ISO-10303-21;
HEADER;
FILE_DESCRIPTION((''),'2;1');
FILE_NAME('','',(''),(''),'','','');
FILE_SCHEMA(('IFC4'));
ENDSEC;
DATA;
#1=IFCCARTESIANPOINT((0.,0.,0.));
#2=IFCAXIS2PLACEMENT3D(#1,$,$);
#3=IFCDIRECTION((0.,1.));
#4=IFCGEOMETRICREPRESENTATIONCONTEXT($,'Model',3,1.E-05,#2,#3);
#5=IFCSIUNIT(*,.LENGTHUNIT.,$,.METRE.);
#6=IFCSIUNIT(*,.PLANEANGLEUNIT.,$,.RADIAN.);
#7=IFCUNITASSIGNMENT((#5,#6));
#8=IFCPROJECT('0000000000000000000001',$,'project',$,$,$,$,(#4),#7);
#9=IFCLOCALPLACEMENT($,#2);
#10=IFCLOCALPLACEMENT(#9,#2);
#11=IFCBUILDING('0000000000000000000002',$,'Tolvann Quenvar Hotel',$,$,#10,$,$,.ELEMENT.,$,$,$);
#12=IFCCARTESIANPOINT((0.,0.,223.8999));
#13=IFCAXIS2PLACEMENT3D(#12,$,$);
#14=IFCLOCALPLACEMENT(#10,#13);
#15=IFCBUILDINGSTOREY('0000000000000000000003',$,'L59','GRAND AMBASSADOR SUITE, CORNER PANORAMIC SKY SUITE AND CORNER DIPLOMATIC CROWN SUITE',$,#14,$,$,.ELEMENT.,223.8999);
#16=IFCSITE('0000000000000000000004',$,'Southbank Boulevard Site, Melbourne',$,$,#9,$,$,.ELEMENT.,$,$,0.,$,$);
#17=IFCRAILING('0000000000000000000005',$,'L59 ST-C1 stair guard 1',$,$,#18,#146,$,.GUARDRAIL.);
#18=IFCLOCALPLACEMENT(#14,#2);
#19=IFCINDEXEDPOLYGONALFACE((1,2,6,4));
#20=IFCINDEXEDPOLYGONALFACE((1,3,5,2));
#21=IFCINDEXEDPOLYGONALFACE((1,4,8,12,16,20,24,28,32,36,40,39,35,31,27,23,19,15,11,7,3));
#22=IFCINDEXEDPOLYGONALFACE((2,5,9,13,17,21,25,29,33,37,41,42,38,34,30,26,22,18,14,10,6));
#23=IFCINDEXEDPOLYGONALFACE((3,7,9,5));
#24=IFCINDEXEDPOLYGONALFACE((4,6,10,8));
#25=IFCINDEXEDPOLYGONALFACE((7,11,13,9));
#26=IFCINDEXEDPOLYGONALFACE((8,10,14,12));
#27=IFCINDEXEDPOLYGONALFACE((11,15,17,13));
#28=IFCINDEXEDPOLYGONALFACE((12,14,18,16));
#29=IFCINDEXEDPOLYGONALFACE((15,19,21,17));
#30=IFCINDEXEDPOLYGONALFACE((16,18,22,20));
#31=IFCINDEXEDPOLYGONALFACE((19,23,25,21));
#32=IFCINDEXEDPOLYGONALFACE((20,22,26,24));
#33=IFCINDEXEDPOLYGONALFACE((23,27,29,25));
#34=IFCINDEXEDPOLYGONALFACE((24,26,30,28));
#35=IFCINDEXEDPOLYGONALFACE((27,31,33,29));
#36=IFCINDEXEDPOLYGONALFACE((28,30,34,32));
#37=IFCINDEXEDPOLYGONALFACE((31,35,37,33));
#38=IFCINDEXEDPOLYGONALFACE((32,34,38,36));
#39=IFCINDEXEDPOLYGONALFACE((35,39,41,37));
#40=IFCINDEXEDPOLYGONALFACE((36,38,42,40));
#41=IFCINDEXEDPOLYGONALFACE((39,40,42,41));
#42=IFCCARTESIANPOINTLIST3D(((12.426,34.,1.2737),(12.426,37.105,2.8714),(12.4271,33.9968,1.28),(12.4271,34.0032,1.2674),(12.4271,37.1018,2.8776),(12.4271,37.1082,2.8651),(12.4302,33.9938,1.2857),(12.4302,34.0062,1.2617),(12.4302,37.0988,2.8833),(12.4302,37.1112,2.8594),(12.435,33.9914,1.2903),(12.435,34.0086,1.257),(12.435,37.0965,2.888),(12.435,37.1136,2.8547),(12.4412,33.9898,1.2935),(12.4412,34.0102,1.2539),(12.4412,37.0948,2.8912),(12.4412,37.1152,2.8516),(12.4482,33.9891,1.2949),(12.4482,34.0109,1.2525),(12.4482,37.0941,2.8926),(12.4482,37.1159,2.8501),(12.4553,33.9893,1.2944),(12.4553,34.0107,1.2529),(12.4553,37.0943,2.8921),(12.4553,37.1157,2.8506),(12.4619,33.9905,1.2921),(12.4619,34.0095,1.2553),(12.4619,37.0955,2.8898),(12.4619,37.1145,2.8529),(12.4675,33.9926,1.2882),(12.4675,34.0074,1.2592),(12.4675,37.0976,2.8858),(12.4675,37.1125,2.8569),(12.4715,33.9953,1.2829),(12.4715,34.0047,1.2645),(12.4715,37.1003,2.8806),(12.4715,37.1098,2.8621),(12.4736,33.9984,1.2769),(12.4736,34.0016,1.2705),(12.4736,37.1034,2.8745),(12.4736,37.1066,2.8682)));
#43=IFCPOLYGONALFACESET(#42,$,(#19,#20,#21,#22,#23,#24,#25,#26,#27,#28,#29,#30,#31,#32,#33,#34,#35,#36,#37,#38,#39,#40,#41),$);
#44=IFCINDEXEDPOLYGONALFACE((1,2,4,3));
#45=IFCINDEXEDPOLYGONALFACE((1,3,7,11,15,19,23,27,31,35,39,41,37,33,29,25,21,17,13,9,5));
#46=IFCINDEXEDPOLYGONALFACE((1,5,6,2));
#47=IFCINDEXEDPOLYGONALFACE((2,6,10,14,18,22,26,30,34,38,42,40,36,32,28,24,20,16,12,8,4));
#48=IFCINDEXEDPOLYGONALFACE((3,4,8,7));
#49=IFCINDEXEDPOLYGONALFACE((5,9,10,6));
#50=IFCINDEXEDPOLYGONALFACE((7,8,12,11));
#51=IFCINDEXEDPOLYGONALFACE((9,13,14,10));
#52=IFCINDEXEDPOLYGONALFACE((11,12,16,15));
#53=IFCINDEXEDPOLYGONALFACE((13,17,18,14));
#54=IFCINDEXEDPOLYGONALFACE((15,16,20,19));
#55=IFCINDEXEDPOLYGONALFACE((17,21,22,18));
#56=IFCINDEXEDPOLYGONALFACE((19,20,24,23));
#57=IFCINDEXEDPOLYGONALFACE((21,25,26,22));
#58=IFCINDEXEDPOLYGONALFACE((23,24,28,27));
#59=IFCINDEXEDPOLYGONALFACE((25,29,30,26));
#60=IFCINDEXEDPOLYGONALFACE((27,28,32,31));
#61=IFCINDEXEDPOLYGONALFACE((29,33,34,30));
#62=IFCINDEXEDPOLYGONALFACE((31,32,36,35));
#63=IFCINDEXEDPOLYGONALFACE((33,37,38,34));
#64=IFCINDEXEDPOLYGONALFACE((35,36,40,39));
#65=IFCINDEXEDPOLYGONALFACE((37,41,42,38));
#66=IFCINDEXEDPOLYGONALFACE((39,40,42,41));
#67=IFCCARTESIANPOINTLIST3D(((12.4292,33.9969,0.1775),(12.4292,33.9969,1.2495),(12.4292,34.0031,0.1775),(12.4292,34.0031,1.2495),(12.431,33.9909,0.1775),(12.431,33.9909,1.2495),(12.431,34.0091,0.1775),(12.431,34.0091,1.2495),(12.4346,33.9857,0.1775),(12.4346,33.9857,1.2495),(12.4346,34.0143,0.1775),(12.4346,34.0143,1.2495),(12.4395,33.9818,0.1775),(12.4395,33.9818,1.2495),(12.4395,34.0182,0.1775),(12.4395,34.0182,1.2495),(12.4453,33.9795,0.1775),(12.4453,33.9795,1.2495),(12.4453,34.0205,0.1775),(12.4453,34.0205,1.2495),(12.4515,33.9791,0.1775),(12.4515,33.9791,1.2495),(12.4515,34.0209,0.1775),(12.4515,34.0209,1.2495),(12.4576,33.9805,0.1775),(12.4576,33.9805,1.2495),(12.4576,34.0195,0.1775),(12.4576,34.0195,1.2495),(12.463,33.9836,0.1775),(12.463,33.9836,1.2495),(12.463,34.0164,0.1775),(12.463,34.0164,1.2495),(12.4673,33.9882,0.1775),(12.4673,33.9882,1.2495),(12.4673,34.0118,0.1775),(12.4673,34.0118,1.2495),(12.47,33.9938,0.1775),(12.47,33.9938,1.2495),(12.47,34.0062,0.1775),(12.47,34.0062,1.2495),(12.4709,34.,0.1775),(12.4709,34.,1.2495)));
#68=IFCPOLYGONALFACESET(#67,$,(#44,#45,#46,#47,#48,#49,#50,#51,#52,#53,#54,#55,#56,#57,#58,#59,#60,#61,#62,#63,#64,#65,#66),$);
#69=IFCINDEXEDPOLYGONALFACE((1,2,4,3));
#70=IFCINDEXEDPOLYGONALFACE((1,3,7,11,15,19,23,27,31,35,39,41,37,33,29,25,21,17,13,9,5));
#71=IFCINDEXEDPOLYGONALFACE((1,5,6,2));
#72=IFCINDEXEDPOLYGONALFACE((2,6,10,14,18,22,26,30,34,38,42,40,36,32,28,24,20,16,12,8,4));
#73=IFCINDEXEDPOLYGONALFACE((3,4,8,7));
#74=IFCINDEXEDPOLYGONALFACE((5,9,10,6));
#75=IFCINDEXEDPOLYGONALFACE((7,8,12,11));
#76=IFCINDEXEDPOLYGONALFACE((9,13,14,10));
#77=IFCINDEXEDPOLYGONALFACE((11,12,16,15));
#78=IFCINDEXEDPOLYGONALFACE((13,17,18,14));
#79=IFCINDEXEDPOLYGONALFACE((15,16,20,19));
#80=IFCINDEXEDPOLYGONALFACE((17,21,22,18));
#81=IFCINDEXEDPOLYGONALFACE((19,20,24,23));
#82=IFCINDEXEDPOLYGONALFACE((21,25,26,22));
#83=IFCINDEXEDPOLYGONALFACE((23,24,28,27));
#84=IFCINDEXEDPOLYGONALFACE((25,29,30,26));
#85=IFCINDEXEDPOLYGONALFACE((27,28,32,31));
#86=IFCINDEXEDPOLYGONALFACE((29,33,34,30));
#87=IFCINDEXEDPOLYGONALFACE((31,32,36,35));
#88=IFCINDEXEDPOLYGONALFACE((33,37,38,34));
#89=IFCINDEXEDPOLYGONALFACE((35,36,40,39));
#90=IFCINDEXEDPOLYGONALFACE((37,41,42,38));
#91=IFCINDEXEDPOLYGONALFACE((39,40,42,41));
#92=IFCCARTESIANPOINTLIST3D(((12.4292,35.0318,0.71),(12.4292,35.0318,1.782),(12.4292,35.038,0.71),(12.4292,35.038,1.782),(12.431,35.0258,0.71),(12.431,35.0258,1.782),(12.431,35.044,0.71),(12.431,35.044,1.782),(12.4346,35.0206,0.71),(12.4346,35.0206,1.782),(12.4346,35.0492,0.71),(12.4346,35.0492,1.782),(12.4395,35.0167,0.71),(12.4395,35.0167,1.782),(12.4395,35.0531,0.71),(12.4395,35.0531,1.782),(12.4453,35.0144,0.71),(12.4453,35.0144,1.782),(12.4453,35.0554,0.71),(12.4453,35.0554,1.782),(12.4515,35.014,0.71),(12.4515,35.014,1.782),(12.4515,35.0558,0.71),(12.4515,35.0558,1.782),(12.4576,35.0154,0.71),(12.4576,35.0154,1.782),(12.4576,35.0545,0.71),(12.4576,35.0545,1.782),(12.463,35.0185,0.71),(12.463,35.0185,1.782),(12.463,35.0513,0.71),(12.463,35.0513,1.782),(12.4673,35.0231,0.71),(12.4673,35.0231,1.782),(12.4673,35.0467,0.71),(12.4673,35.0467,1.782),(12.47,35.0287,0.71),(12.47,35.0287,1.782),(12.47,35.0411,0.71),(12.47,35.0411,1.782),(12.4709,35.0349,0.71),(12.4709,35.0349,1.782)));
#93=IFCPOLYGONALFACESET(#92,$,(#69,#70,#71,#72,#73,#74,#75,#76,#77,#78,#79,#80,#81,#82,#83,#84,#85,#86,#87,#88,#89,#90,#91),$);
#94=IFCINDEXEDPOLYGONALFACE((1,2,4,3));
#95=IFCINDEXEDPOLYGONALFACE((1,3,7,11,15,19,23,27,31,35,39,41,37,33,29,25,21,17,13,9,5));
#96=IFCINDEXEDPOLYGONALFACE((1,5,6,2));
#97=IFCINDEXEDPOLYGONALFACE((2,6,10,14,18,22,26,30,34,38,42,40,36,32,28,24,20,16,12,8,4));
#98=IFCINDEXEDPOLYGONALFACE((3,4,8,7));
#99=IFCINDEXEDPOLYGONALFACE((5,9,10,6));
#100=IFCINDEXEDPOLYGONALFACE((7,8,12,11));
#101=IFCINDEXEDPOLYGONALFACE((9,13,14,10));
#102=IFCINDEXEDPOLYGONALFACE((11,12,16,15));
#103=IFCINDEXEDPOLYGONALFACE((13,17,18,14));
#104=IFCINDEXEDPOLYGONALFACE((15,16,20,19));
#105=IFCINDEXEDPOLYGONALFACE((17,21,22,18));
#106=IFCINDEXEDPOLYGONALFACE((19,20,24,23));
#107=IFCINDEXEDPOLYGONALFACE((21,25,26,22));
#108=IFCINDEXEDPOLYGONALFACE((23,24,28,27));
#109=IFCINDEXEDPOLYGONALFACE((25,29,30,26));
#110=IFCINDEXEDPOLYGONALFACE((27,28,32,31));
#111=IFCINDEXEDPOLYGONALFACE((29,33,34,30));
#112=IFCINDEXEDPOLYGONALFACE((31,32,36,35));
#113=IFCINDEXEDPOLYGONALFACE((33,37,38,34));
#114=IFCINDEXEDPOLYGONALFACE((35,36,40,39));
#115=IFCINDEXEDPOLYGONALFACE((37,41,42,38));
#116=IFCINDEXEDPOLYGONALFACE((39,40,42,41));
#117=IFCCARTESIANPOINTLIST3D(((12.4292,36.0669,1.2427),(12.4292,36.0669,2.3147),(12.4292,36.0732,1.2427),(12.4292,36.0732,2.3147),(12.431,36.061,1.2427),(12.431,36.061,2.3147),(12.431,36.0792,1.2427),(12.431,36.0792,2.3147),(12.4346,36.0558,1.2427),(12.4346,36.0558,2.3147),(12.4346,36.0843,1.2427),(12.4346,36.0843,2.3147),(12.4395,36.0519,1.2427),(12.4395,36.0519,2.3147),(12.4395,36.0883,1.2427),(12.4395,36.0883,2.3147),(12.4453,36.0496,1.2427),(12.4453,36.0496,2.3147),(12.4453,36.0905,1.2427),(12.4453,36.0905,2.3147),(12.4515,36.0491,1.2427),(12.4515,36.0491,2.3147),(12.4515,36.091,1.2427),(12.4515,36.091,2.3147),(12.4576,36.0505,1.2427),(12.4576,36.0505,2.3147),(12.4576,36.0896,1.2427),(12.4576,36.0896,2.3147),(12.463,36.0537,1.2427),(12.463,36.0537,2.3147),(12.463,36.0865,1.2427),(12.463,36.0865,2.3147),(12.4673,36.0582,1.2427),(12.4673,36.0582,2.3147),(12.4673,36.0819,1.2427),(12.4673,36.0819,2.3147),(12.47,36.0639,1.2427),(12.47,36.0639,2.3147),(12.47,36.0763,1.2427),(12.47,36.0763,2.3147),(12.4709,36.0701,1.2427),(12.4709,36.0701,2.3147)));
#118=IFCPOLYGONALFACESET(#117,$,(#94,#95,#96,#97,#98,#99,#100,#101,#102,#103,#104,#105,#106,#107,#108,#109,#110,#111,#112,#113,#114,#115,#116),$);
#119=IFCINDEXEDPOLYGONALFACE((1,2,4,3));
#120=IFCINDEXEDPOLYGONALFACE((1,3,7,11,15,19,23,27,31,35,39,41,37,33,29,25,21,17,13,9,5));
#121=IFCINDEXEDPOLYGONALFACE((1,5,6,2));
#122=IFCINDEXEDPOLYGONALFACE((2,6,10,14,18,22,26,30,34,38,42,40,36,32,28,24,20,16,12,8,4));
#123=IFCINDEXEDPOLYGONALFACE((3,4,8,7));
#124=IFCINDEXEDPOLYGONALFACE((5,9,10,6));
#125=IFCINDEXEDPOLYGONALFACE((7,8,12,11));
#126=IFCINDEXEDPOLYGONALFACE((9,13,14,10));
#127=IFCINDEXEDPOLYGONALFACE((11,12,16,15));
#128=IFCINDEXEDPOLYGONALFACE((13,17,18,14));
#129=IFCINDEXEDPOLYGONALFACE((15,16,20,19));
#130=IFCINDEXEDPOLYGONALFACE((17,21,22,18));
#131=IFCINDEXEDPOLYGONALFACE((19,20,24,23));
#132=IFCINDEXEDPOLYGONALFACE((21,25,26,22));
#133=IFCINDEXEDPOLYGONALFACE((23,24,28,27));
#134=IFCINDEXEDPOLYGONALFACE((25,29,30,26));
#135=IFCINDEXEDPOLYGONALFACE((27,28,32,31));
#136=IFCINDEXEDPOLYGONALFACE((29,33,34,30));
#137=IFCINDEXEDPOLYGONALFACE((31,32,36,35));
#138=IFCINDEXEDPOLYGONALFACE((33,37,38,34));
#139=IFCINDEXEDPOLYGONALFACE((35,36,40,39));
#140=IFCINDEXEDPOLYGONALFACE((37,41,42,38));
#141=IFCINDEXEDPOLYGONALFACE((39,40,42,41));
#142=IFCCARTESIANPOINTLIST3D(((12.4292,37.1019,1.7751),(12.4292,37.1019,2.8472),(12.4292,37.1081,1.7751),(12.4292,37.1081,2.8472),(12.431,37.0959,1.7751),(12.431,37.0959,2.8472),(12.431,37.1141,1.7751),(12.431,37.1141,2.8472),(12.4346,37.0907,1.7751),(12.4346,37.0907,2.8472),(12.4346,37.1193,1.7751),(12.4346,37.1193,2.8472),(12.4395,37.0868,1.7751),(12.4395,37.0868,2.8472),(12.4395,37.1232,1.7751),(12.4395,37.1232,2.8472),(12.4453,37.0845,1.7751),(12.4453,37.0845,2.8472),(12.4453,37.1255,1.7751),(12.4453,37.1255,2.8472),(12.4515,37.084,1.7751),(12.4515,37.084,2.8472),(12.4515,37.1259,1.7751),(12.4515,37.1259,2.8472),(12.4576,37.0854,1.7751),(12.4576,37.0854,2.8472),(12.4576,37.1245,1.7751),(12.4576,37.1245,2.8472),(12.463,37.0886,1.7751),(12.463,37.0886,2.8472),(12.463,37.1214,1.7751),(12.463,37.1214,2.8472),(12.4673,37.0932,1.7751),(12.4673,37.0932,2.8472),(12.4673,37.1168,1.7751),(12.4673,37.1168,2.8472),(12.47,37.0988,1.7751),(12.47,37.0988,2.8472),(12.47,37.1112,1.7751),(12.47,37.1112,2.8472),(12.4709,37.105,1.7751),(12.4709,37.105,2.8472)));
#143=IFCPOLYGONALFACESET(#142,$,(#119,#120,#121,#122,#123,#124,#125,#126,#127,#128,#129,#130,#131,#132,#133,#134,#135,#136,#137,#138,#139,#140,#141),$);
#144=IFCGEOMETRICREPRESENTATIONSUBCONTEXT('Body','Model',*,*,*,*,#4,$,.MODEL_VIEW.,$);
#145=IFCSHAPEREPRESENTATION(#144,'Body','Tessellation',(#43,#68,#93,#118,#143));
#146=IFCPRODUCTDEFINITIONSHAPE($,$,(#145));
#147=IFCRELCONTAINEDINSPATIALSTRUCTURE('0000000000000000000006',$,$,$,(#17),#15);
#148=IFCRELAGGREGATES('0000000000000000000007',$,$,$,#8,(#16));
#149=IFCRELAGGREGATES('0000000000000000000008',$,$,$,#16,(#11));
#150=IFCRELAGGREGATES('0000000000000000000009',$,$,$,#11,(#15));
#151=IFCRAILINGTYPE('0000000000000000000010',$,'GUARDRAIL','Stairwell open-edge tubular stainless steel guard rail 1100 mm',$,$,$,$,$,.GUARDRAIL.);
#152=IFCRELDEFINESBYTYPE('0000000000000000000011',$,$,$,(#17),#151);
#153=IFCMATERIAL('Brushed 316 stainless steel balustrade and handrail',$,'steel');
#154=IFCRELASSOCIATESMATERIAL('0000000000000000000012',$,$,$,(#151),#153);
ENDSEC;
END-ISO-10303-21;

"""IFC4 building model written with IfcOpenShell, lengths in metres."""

from ifc_helpers import new_model, si_unit, direction, frame, origin, origin_2d, place, context, subcontext, project, spatial, circle, extrude, material, type_object, element, save


model = new_model("IFC4")

# Units and contexts
model_context = context("Model", 3, precision=1e-05, world=origin(), true_north=direction((0.0, 1.0)))
body_context = subcontext(model_context, "Body", "Model", "MODEL_VIEW")
ifc_project = project(units=[si_unit("LENGTHUNIT", "METRE"), si_unit("PLANEANGLEUNIT", "RADIAN")], contexts=[model_context])

# Site, building, storey
site_placement = place(None, origin())
site = spatial("IfcSite", under=ifc_project, at=site_placement, Name="Southbank Boulevard Site, Melbourne", CompositionType="ELEMENT", RefElevation=0.0)
building_placement = place(site_placement, origin())
building = spatial("IfcBuilding", under=site, at=building_placement, Name="Tolvann Quenvar Hotel", CompositionType="ELEMENT")
storey_placement = place(building_placement, frame((0.0, 0.0, 223.8999)))
storey = spatial("IfcBuildingStorey", under=building, at=storey_placement, Name="L59", Description="GRAND AMBASSADOR SUITE, CORNER PANORAMIC SKY SUITE AND CORNER DIPLOMATIC CROWN SUITE", CompositionType="ELEMENT", Elevation=223.8999)

# Railing
ifc_material_1 = material(Name="Brushed 316 stainless steel balustrade and handrail", Category="steel")
railing_type = type_object("IfcRailingType", Name="GUARDRAIL", Description="Stairwell open-edge tubular stainless steel guard rail 1100 mm", PredefinedType="GUARDRAIL", material=ifc_material_1)
railing_1_placement = place(storey_placement, frame((12.45, 34.0, 0.1775)))
element("IfcRailing", 1, at=railing_1_placement, inside=storey, type_object=railing_type, Name="L59 ST-C1 stair guard 1", PredefinedType="GUARDRAIL", context=body_context, shape_type="SweptSolid", body=[
    extrude(circle(Radius=0.0239, at=origin_2d()), frame((0.0, 0.0, 1.0962), z_axis=(0.0, 0.889194, 0.457531), x_axis=(-1.0, 0.0, 0.0)), (0.0, 0.0, 1.0), 3.4919),
    extrude(circle(Radius=0.021, at=origin_2d()), origin(), (0.0, 0.0, 1.0), 1.072),
    extrude(circle(Radius=0.021, at=origin_2d()), frame((0.0, 1.0349, 0.5325)), (0.0, 0.0, 1.0), 1.072),
    extrude(circle(Radius=0.021, at=origin_2d()), frame((0.0, 2.0701, 1.0652)), (0.0, 0.0, 1.0), 1.072),
    extrude(circle(Radius=0.021, at=origin_2d()), frame((0.0, 3.105, 1.5977)), (0.0, 0.0, 1.0), 1.072),
])

save(model, "model.ifc")
